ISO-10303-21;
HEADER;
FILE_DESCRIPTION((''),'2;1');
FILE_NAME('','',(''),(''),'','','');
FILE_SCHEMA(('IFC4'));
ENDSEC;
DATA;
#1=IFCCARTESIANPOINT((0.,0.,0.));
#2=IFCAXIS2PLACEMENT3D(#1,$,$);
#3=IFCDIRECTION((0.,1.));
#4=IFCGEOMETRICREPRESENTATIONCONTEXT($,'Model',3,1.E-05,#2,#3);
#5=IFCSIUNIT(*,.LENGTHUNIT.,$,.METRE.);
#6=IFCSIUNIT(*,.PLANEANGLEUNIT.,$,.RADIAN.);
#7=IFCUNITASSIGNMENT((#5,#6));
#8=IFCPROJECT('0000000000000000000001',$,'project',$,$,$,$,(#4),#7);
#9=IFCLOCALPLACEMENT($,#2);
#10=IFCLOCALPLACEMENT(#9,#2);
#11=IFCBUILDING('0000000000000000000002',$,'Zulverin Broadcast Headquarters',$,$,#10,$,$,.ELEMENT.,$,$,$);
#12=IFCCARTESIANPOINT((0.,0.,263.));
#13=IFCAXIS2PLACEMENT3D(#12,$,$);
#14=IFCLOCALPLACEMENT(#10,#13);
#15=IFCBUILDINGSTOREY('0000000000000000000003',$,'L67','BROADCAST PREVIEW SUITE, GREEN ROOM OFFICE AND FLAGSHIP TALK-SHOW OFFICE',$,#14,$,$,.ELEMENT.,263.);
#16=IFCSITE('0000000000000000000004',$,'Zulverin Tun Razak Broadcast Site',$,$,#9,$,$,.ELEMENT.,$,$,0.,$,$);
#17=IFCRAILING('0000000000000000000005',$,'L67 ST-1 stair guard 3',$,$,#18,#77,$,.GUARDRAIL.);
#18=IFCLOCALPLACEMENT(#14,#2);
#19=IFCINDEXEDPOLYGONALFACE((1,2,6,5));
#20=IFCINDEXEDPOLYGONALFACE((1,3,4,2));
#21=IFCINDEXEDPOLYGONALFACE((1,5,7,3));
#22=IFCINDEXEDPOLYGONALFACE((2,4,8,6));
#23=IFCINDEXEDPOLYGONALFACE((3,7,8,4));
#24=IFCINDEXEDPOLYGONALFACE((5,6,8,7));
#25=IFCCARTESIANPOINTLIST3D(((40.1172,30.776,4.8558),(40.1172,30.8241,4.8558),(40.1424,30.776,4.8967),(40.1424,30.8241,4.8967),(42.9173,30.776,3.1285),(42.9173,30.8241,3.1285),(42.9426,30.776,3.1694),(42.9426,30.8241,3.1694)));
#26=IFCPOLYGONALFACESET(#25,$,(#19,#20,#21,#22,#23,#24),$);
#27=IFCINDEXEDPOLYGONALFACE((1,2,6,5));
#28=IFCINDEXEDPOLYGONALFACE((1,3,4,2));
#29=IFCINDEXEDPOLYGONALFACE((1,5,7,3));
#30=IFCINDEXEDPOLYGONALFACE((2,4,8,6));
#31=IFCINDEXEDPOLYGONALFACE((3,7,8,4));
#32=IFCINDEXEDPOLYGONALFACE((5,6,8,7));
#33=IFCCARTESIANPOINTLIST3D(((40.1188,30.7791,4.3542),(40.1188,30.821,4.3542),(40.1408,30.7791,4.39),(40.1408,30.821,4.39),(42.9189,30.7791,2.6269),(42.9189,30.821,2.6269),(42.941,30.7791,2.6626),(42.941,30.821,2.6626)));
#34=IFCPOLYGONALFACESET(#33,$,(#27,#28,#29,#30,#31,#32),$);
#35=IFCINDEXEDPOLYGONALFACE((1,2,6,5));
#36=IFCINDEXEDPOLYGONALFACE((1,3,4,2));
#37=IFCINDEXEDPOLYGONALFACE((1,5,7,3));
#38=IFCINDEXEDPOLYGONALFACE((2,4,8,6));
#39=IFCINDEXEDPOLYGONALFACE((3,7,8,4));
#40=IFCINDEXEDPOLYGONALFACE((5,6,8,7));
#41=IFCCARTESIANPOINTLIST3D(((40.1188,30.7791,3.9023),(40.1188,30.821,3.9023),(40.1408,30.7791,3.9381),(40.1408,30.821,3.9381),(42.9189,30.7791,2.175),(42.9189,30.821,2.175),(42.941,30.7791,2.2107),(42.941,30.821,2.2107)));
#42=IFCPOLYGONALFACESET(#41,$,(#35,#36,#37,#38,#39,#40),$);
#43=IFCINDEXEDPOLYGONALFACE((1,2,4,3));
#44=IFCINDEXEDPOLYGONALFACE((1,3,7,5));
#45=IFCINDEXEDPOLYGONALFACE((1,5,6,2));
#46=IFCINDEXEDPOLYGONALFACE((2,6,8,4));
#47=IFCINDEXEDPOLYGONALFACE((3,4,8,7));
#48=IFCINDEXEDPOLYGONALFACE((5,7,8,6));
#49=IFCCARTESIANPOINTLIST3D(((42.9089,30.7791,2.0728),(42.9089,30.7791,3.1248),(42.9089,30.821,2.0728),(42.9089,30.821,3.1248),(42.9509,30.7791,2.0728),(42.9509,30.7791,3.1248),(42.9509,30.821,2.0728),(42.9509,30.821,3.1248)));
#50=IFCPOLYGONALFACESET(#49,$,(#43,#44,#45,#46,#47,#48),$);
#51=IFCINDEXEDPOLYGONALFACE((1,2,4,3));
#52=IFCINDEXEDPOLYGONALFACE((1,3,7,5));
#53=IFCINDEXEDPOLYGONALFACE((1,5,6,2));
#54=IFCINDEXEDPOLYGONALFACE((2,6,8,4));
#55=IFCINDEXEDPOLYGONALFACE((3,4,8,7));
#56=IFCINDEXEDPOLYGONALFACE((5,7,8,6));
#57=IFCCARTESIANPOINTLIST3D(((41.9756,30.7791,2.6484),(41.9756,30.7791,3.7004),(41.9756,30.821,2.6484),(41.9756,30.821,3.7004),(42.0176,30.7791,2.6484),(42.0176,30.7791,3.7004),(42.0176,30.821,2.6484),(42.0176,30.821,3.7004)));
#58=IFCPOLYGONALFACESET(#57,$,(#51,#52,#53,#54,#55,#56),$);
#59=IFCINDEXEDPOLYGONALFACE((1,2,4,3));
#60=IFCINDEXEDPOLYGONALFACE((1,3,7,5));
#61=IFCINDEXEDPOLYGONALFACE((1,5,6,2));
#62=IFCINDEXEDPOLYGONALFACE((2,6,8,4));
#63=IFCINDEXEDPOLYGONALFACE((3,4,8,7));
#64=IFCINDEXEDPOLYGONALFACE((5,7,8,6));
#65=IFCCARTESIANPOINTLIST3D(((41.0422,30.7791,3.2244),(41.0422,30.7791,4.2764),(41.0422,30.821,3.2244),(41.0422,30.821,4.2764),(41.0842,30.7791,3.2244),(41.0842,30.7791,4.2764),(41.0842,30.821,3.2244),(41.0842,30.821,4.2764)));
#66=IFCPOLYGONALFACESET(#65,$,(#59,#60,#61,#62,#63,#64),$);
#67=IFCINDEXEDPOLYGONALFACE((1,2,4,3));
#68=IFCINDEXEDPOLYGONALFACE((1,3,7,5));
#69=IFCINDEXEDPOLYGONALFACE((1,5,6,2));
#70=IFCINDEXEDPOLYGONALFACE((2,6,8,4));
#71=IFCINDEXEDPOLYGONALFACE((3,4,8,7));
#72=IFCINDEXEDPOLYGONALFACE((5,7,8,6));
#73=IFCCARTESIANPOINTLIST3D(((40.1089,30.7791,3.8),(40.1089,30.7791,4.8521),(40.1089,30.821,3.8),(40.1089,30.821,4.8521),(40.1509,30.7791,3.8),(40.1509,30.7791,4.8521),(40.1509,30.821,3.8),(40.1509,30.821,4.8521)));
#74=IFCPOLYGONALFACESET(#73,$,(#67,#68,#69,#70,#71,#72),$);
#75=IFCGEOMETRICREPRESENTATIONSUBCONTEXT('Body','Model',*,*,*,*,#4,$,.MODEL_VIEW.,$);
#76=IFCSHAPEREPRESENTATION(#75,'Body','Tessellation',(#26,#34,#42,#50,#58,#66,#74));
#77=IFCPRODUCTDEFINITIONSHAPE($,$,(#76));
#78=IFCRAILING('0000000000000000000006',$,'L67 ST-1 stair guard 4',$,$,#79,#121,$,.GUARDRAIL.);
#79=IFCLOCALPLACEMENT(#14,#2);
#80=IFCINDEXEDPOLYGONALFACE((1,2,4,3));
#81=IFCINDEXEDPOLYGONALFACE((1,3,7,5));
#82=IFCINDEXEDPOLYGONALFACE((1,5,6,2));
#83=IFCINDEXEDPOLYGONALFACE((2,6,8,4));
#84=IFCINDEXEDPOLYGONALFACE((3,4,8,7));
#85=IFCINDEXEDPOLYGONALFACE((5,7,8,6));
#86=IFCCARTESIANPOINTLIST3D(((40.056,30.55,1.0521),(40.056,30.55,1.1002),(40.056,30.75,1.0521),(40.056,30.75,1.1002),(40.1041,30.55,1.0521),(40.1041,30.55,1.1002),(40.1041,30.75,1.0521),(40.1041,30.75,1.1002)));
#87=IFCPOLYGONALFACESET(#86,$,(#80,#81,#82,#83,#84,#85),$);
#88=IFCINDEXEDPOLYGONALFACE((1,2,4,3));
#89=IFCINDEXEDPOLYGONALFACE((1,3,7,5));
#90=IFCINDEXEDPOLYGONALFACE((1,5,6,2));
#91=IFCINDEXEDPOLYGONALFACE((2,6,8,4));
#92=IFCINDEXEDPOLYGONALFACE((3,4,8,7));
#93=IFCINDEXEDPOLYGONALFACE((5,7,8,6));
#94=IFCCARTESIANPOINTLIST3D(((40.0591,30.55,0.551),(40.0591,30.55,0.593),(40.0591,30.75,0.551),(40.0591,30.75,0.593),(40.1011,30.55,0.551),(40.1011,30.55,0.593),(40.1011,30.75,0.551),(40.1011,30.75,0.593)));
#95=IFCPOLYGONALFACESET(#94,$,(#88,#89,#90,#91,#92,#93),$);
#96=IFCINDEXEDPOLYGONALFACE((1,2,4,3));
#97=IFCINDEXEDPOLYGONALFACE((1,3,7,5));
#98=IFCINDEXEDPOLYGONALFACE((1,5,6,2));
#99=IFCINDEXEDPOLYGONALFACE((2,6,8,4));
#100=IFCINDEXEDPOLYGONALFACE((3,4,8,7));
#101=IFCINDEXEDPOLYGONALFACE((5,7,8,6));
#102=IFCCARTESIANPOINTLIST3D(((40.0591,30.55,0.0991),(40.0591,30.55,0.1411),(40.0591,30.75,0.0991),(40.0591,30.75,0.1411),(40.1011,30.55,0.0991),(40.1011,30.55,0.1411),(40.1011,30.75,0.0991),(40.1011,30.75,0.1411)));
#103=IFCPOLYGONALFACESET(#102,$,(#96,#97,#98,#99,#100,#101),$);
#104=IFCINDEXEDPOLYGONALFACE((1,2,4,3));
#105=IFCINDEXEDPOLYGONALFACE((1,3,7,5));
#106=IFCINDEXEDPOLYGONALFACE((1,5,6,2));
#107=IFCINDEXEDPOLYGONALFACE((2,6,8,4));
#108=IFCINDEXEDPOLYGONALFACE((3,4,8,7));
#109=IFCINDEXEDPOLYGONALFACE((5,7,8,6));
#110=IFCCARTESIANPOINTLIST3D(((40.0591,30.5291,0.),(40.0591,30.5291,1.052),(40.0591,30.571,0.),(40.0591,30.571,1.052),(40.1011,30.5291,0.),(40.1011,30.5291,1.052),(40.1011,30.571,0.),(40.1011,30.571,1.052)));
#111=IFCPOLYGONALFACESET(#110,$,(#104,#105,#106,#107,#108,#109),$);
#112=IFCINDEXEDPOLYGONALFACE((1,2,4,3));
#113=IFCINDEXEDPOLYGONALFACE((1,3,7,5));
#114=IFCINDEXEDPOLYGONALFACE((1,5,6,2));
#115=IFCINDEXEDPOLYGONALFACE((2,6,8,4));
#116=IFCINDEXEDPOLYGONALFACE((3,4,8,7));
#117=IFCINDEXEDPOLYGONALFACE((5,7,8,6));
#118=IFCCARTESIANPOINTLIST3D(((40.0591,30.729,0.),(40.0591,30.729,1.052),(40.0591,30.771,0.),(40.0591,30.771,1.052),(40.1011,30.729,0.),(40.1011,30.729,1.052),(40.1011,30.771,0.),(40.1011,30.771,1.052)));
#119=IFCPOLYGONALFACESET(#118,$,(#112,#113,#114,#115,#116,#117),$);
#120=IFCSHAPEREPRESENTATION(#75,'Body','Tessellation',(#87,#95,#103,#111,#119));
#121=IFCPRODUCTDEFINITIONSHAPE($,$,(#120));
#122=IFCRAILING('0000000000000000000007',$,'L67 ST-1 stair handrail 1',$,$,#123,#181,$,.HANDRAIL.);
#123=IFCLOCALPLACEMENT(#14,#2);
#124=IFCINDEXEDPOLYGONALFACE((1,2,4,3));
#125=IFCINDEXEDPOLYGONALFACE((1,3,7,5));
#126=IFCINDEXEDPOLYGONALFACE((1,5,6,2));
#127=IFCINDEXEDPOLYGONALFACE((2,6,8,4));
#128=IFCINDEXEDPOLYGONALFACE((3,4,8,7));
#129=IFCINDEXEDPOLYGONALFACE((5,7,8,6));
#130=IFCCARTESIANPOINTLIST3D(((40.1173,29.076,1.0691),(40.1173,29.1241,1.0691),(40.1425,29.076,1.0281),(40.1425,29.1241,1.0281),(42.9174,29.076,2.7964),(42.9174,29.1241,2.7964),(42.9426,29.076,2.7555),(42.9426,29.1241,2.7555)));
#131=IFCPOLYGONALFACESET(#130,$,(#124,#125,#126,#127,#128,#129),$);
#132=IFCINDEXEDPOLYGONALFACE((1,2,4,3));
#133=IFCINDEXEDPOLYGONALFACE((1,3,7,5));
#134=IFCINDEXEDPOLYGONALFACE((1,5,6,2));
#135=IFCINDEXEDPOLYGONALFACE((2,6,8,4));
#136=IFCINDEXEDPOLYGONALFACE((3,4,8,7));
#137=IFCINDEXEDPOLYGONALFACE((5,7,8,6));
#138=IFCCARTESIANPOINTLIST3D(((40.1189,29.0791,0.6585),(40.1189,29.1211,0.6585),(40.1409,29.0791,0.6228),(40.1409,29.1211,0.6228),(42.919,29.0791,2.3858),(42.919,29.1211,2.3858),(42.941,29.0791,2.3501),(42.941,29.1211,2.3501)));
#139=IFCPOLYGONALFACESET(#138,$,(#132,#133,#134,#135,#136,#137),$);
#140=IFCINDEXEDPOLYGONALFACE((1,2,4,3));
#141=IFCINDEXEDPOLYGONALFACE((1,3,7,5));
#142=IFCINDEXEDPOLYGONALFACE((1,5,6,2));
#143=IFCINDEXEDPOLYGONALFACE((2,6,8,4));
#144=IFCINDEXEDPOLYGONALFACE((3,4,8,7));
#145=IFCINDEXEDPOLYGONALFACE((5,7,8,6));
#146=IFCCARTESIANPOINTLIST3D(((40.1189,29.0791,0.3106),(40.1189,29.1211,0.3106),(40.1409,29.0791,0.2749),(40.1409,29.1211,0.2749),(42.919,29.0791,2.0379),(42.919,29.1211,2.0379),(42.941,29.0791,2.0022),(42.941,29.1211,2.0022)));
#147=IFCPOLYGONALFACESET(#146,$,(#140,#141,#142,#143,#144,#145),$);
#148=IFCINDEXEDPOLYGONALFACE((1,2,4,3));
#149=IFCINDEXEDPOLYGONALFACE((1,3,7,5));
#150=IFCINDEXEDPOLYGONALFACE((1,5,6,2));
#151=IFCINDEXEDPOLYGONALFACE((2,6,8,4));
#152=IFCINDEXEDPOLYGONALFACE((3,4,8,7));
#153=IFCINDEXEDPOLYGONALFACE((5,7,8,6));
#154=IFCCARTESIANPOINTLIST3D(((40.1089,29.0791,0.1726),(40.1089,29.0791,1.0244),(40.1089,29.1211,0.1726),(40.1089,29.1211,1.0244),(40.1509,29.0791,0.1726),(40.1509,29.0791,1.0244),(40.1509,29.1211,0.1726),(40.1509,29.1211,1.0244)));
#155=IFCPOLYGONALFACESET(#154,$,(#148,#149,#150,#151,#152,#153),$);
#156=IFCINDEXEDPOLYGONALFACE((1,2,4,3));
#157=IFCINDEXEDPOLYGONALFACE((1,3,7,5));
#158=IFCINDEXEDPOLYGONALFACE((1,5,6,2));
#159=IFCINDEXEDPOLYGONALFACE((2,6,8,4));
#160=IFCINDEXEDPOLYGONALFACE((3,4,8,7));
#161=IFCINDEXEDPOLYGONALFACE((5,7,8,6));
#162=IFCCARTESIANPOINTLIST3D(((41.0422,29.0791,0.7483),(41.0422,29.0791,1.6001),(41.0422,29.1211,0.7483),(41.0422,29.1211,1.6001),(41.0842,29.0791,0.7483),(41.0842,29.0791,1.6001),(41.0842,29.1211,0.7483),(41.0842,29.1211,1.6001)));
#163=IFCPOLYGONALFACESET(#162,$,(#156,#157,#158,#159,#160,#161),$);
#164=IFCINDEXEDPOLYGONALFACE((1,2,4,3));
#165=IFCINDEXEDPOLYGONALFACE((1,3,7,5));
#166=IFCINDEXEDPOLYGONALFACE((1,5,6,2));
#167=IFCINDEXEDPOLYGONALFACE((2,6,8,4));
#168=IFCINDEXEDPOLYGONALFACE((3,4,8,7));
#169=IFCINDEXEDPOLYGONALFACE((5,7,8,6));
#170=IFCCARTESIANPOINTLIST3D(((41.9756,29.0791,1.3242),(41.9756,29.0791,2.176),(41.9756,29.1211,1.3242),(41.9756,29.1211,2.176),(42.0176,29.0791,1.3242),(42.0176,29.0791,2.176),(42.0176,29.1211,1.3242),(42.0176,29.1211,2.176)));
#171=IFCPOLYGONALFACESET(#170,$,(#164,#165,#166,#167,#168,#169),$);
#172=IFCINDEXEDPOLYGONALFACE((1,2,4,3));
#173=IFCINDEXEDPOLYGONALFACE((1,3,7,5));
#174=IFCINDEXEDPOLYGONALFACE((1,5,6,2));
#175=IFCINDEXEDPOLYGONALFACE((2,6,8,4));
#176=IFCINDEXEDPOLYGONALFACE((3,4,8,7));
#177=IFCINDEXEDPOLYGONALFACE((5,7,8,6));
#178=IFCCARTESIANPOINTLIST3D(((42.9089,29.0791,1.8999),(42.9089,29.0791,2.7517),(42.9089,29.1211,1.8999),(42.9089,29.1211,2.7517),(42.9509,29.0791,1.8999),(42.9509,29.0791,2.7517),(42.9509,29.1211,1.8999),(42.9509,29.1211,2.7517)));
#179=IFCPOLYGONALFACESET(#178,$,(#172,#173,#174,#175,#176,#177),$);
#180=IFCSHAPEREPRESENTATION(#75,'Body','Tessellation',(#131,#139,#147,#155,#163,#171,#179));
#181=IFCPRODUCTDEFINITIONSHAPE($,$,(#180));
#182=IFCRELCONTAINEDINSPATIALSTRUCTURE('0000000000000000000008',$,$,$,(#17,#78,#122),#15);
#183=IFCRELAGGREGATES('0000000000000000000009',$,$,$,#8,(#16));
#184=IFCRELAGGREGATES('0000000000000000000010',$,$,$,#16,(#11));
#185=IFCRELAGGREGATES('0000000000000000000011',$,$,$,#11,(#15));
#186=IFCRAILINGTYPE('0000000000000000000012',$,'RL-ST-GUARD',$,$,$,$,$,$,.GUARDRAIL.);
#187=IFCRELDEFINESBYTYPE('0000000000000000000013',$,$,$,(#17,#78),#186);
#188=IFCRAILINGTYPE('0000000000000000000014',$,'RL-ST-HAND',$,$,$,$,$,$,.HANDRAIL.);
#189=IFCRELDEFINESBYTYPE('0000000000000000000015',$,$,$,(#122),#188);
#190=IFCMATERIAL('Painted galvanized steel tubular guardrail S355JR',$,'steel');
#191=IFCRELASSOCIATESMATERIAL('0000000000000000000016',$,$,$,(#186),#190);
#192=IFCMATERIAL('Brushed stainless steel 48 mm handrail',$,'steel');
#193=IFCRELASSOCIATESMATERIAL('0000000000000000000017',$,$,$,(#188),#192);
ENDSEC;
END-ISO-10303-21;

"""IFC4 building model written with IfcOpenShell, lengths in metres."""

from ifc_helpers import new_model, si_unit, direction, frame, origin, origin_2d, place, context, subcontext, project, spatial, rectangle, extrude, material, type_object, element, save


model = new_model("IFC4")

# Units and contexts
model_context = context("Model", 3, precision=1e-05, world=origin(), true_north=direction((0.0, 1.0)))
body_context = subcontext(model_context, "Body", "Model", "MODEL_VIEW")
ifc_project = project(units=[si_unit("LENGTHUNIT", "METRE"), si_unit("PLANEANGLEUNIT", "RADIAN")], contexts=[model_context])

# Site, building, storey
site_placement = place(None, origin())
site = spatial("IfcSite", under=ifc_project, at=site_placement, Name="Zulverin Tun Razak Broadcast Site", CompositionType="ELEMENT", RefElevation=0.0)
building_placement = place(site_placement, origin())
building = spatial("IfcBuilding", under=site, at=building_placement, Name="Zulverin Broadcast Headquarters", CompositionType="ELEMENT")
storey_placement = place(building_placement, frame((0.0, 0.0, 263.0)))
storey = spatial("IfcBuildingStorey", under=building, at=storey_placement, Name="L67", Description="BROADCAST PREVIEW SUITE, GREEN ROOM OFFICE AND FLAGSHIP TALK-SHOW OFFICE", CompositionType="ELEMENT", Elevation=263.0)

# Railings
ifc_material_1 = material(Name="Painted galvanized steel tubular guardrail S355JR", Category="steel")
railing_type_1 = type_object("IfcRailingType", Name="RL-ST-GUARD", PredefinedType="GUARDRAIL", material=ifc_material_1)
railing_1_placement = place(storey_placement, frame((42.9299, 30.8, 2.0728)))
element("IfcRailing", 1, at=railing_1_placement, inside=storey, type_object=railing_type_1, Name="L67 ST-1 stair guard 3", PredefinedType="GUARDRAIL", context=body_context, shape_type="SweptSolid", body=[
    extrude(rectangle(XDim=0.0481, YDim=0.0481, at=origin_2d()), frame((0.0, 0.0, 1.0762), z_axis=(-0.85109, 0.0, 0.52502), x_axis=(0.0, -1.0, 0.0)), (0.0, 0.0, 1.0), 3.29),
    extrude(rectangle(XDim=0.042, YDim=0.042, at=origin_2d()), frame((0.0, 0.0, 0.572), z_axis=(-0.85109, 0.0, 0.52502), x_axis=(0.0, -1.0, 0.0)), (0.0, 0.0, 1.0), 3.29),
    extrude(rectangle(XDim=0.042, YDim=0.042, at=origin_2d()), frame((0.0, 0.0, 0.1201), z_axis=(-0.85109, 0.0, 0.52502), x_axis=(0.0, -1.0, 0.0)), (0.0, 0.0, 1.0), 3.29),
    extrude(rectangle(XDim=0.042, YDim=0.042, at=origin_2d()), origin(), (0.0, 0.0, 1.0), 1.052),
    extrude(rectangle(XDim=0.042, YDim=0.042, at=origin_2d()), frame((-0.9333, 0.0, 0.5757)), (0.0, 0.0, 1.0), 1.052),
    extrude(rectangle(XDim=0.042, YDim=0.042, at=origin_2d()), frame((-1.8667, 0.0, 1.1516)), (0.0, 0.0, 1.0), 1.052),
    extrude(rectangle(XDim=0.042, YDim=0.042, at=origin_2d()), frame((-2.8, 0.0, 1.7273)), (0.0, 0.0, 1.0), 1.052),
])
railing_2_placement = place(storey_placement, frame((40.0801, 30.55, 0.0)))
element("IfcRailing", 2, at=railing_2_placement, inside=storey, type_object=railing_type_1, Name="L67 ST-1 stair guard 4", PredefinedType="GUARDRAIL", context=body_context, shape_type="SweptSolid", body=[
    extrude(rectangle(XDim=0.0481, YDim=0.0481, at=origin_2d()), frame((0.0, 0.0, 1.0762), z_axis=(0.0, 1.0, 0.0), x_axis=(-1.0, 0.0, 0.0)), (0.0, 0.0, 1.0), 0.2),
    extrude(rectangle(XDim=0.042, YDim=0.042, at=origin_2d()), frame((0.0, 0.0, 0.572), z_axis=(0.0, 1.0, 0.0), x_axis=(-1.0, 0.0, 0.0)), (0.0, 0.0, 1.0), 0.2),
    extrude(rectangle(XDim=0.042, YDim=0.042, at=origin_2d()), frame((0.0, 0.0, 0.1201), z_axis=(0.0, 1.0, 0.0), x_axis=(-1.0, 0.0, 0.0)), (0.0, 0.0, 1.0), 0.2),
    extrude(rectangle(XDim=0.042, YDim=0.042, at=origin_2d()), origin(), (0.0, 0.0, 1.0), 1.052),
    extrude(rectangle(XDim=0.042, YDim=0.042, at=origin_2d()), frame((0.0, 0.2, 0.0)), (0.0, 0.0, 1.0), 1.052),
])
ifc_material_2 = material(Name="Brushed stainless steel 48 mm handrail", Category="steel")
railing_type_2 = type_object("IfcRailingType", Name="RL-ST-HAND", PredefinedType="HANDRAIL", material=ifc_material_2)
railing_3_placement = place(storey_placement, frame((40.1299, 29.1001, 0.1726)))
element("IfcRailing", 3, at=railing_3_placement, inside=storey, type_object=railing_type_2, Name="L67 ST-1 stair handrail 1", PredefinedType="HANDRAIL", context=body_context, shape_type="SweptSolid", body=[
    extrude(rectangle(XDim=0.0481, YDim=0.0481, at=origin_2d()), frame((0.0, 0.0, 0.876), z_axis=(0.85109, 0.0, 0.52502), x_axis=(0.0, 1.0, 0.0)), (0.0, 0.0, 1.0), 3.29),
    extrude(rectangle(XDim=0.042, YDim=0.042, at=origin_2d()), frame((0.0, 0.0, 0.468), z_axis=(0.85109, 0.0, 0.52502), x_axis=(0.0, 1.0, 0.0)), (0.0, 0.0, 1.0), 3.29),
    extrude(rectangle(XDim=0.042, YDim=0.042, at=origin_2d()), frame((0.0, 0.0, 0.1201), z_axis=(0.85109, 0.0, 0.52502), x_axis=(0.0, 1.0, 0.0)), (0.0, 0.0, 1.0), 3.29),
    extrude(rectangle(XDim=0.042, YDim=0.042, at=origin_2d()), origin(), (0.0, 0.0, 1.0), 0.8518),
    extrude(rectangle(XDim=0.042, YDim=0.042, at=origin_2d()), frame((0.9333, 0.0, 0.5757)), (0.0, 0.0, 1.0), 0.8518),
    extrude(rectangle(XDim=0.042, YDim=0.042, at=origin_2d()), frame((1.8667, 0.0, 1.1516)), (0.0, 0.0, 1.0), 0.8518),
    extrude(rectangle(XDim=0.042, YDim=0.042, at=origin_2d()), frame((2.8, 0.0, 1.7273)), (0.0, 0.0, 1.0), 0.8518),
])

save(model, "model.ifc")
